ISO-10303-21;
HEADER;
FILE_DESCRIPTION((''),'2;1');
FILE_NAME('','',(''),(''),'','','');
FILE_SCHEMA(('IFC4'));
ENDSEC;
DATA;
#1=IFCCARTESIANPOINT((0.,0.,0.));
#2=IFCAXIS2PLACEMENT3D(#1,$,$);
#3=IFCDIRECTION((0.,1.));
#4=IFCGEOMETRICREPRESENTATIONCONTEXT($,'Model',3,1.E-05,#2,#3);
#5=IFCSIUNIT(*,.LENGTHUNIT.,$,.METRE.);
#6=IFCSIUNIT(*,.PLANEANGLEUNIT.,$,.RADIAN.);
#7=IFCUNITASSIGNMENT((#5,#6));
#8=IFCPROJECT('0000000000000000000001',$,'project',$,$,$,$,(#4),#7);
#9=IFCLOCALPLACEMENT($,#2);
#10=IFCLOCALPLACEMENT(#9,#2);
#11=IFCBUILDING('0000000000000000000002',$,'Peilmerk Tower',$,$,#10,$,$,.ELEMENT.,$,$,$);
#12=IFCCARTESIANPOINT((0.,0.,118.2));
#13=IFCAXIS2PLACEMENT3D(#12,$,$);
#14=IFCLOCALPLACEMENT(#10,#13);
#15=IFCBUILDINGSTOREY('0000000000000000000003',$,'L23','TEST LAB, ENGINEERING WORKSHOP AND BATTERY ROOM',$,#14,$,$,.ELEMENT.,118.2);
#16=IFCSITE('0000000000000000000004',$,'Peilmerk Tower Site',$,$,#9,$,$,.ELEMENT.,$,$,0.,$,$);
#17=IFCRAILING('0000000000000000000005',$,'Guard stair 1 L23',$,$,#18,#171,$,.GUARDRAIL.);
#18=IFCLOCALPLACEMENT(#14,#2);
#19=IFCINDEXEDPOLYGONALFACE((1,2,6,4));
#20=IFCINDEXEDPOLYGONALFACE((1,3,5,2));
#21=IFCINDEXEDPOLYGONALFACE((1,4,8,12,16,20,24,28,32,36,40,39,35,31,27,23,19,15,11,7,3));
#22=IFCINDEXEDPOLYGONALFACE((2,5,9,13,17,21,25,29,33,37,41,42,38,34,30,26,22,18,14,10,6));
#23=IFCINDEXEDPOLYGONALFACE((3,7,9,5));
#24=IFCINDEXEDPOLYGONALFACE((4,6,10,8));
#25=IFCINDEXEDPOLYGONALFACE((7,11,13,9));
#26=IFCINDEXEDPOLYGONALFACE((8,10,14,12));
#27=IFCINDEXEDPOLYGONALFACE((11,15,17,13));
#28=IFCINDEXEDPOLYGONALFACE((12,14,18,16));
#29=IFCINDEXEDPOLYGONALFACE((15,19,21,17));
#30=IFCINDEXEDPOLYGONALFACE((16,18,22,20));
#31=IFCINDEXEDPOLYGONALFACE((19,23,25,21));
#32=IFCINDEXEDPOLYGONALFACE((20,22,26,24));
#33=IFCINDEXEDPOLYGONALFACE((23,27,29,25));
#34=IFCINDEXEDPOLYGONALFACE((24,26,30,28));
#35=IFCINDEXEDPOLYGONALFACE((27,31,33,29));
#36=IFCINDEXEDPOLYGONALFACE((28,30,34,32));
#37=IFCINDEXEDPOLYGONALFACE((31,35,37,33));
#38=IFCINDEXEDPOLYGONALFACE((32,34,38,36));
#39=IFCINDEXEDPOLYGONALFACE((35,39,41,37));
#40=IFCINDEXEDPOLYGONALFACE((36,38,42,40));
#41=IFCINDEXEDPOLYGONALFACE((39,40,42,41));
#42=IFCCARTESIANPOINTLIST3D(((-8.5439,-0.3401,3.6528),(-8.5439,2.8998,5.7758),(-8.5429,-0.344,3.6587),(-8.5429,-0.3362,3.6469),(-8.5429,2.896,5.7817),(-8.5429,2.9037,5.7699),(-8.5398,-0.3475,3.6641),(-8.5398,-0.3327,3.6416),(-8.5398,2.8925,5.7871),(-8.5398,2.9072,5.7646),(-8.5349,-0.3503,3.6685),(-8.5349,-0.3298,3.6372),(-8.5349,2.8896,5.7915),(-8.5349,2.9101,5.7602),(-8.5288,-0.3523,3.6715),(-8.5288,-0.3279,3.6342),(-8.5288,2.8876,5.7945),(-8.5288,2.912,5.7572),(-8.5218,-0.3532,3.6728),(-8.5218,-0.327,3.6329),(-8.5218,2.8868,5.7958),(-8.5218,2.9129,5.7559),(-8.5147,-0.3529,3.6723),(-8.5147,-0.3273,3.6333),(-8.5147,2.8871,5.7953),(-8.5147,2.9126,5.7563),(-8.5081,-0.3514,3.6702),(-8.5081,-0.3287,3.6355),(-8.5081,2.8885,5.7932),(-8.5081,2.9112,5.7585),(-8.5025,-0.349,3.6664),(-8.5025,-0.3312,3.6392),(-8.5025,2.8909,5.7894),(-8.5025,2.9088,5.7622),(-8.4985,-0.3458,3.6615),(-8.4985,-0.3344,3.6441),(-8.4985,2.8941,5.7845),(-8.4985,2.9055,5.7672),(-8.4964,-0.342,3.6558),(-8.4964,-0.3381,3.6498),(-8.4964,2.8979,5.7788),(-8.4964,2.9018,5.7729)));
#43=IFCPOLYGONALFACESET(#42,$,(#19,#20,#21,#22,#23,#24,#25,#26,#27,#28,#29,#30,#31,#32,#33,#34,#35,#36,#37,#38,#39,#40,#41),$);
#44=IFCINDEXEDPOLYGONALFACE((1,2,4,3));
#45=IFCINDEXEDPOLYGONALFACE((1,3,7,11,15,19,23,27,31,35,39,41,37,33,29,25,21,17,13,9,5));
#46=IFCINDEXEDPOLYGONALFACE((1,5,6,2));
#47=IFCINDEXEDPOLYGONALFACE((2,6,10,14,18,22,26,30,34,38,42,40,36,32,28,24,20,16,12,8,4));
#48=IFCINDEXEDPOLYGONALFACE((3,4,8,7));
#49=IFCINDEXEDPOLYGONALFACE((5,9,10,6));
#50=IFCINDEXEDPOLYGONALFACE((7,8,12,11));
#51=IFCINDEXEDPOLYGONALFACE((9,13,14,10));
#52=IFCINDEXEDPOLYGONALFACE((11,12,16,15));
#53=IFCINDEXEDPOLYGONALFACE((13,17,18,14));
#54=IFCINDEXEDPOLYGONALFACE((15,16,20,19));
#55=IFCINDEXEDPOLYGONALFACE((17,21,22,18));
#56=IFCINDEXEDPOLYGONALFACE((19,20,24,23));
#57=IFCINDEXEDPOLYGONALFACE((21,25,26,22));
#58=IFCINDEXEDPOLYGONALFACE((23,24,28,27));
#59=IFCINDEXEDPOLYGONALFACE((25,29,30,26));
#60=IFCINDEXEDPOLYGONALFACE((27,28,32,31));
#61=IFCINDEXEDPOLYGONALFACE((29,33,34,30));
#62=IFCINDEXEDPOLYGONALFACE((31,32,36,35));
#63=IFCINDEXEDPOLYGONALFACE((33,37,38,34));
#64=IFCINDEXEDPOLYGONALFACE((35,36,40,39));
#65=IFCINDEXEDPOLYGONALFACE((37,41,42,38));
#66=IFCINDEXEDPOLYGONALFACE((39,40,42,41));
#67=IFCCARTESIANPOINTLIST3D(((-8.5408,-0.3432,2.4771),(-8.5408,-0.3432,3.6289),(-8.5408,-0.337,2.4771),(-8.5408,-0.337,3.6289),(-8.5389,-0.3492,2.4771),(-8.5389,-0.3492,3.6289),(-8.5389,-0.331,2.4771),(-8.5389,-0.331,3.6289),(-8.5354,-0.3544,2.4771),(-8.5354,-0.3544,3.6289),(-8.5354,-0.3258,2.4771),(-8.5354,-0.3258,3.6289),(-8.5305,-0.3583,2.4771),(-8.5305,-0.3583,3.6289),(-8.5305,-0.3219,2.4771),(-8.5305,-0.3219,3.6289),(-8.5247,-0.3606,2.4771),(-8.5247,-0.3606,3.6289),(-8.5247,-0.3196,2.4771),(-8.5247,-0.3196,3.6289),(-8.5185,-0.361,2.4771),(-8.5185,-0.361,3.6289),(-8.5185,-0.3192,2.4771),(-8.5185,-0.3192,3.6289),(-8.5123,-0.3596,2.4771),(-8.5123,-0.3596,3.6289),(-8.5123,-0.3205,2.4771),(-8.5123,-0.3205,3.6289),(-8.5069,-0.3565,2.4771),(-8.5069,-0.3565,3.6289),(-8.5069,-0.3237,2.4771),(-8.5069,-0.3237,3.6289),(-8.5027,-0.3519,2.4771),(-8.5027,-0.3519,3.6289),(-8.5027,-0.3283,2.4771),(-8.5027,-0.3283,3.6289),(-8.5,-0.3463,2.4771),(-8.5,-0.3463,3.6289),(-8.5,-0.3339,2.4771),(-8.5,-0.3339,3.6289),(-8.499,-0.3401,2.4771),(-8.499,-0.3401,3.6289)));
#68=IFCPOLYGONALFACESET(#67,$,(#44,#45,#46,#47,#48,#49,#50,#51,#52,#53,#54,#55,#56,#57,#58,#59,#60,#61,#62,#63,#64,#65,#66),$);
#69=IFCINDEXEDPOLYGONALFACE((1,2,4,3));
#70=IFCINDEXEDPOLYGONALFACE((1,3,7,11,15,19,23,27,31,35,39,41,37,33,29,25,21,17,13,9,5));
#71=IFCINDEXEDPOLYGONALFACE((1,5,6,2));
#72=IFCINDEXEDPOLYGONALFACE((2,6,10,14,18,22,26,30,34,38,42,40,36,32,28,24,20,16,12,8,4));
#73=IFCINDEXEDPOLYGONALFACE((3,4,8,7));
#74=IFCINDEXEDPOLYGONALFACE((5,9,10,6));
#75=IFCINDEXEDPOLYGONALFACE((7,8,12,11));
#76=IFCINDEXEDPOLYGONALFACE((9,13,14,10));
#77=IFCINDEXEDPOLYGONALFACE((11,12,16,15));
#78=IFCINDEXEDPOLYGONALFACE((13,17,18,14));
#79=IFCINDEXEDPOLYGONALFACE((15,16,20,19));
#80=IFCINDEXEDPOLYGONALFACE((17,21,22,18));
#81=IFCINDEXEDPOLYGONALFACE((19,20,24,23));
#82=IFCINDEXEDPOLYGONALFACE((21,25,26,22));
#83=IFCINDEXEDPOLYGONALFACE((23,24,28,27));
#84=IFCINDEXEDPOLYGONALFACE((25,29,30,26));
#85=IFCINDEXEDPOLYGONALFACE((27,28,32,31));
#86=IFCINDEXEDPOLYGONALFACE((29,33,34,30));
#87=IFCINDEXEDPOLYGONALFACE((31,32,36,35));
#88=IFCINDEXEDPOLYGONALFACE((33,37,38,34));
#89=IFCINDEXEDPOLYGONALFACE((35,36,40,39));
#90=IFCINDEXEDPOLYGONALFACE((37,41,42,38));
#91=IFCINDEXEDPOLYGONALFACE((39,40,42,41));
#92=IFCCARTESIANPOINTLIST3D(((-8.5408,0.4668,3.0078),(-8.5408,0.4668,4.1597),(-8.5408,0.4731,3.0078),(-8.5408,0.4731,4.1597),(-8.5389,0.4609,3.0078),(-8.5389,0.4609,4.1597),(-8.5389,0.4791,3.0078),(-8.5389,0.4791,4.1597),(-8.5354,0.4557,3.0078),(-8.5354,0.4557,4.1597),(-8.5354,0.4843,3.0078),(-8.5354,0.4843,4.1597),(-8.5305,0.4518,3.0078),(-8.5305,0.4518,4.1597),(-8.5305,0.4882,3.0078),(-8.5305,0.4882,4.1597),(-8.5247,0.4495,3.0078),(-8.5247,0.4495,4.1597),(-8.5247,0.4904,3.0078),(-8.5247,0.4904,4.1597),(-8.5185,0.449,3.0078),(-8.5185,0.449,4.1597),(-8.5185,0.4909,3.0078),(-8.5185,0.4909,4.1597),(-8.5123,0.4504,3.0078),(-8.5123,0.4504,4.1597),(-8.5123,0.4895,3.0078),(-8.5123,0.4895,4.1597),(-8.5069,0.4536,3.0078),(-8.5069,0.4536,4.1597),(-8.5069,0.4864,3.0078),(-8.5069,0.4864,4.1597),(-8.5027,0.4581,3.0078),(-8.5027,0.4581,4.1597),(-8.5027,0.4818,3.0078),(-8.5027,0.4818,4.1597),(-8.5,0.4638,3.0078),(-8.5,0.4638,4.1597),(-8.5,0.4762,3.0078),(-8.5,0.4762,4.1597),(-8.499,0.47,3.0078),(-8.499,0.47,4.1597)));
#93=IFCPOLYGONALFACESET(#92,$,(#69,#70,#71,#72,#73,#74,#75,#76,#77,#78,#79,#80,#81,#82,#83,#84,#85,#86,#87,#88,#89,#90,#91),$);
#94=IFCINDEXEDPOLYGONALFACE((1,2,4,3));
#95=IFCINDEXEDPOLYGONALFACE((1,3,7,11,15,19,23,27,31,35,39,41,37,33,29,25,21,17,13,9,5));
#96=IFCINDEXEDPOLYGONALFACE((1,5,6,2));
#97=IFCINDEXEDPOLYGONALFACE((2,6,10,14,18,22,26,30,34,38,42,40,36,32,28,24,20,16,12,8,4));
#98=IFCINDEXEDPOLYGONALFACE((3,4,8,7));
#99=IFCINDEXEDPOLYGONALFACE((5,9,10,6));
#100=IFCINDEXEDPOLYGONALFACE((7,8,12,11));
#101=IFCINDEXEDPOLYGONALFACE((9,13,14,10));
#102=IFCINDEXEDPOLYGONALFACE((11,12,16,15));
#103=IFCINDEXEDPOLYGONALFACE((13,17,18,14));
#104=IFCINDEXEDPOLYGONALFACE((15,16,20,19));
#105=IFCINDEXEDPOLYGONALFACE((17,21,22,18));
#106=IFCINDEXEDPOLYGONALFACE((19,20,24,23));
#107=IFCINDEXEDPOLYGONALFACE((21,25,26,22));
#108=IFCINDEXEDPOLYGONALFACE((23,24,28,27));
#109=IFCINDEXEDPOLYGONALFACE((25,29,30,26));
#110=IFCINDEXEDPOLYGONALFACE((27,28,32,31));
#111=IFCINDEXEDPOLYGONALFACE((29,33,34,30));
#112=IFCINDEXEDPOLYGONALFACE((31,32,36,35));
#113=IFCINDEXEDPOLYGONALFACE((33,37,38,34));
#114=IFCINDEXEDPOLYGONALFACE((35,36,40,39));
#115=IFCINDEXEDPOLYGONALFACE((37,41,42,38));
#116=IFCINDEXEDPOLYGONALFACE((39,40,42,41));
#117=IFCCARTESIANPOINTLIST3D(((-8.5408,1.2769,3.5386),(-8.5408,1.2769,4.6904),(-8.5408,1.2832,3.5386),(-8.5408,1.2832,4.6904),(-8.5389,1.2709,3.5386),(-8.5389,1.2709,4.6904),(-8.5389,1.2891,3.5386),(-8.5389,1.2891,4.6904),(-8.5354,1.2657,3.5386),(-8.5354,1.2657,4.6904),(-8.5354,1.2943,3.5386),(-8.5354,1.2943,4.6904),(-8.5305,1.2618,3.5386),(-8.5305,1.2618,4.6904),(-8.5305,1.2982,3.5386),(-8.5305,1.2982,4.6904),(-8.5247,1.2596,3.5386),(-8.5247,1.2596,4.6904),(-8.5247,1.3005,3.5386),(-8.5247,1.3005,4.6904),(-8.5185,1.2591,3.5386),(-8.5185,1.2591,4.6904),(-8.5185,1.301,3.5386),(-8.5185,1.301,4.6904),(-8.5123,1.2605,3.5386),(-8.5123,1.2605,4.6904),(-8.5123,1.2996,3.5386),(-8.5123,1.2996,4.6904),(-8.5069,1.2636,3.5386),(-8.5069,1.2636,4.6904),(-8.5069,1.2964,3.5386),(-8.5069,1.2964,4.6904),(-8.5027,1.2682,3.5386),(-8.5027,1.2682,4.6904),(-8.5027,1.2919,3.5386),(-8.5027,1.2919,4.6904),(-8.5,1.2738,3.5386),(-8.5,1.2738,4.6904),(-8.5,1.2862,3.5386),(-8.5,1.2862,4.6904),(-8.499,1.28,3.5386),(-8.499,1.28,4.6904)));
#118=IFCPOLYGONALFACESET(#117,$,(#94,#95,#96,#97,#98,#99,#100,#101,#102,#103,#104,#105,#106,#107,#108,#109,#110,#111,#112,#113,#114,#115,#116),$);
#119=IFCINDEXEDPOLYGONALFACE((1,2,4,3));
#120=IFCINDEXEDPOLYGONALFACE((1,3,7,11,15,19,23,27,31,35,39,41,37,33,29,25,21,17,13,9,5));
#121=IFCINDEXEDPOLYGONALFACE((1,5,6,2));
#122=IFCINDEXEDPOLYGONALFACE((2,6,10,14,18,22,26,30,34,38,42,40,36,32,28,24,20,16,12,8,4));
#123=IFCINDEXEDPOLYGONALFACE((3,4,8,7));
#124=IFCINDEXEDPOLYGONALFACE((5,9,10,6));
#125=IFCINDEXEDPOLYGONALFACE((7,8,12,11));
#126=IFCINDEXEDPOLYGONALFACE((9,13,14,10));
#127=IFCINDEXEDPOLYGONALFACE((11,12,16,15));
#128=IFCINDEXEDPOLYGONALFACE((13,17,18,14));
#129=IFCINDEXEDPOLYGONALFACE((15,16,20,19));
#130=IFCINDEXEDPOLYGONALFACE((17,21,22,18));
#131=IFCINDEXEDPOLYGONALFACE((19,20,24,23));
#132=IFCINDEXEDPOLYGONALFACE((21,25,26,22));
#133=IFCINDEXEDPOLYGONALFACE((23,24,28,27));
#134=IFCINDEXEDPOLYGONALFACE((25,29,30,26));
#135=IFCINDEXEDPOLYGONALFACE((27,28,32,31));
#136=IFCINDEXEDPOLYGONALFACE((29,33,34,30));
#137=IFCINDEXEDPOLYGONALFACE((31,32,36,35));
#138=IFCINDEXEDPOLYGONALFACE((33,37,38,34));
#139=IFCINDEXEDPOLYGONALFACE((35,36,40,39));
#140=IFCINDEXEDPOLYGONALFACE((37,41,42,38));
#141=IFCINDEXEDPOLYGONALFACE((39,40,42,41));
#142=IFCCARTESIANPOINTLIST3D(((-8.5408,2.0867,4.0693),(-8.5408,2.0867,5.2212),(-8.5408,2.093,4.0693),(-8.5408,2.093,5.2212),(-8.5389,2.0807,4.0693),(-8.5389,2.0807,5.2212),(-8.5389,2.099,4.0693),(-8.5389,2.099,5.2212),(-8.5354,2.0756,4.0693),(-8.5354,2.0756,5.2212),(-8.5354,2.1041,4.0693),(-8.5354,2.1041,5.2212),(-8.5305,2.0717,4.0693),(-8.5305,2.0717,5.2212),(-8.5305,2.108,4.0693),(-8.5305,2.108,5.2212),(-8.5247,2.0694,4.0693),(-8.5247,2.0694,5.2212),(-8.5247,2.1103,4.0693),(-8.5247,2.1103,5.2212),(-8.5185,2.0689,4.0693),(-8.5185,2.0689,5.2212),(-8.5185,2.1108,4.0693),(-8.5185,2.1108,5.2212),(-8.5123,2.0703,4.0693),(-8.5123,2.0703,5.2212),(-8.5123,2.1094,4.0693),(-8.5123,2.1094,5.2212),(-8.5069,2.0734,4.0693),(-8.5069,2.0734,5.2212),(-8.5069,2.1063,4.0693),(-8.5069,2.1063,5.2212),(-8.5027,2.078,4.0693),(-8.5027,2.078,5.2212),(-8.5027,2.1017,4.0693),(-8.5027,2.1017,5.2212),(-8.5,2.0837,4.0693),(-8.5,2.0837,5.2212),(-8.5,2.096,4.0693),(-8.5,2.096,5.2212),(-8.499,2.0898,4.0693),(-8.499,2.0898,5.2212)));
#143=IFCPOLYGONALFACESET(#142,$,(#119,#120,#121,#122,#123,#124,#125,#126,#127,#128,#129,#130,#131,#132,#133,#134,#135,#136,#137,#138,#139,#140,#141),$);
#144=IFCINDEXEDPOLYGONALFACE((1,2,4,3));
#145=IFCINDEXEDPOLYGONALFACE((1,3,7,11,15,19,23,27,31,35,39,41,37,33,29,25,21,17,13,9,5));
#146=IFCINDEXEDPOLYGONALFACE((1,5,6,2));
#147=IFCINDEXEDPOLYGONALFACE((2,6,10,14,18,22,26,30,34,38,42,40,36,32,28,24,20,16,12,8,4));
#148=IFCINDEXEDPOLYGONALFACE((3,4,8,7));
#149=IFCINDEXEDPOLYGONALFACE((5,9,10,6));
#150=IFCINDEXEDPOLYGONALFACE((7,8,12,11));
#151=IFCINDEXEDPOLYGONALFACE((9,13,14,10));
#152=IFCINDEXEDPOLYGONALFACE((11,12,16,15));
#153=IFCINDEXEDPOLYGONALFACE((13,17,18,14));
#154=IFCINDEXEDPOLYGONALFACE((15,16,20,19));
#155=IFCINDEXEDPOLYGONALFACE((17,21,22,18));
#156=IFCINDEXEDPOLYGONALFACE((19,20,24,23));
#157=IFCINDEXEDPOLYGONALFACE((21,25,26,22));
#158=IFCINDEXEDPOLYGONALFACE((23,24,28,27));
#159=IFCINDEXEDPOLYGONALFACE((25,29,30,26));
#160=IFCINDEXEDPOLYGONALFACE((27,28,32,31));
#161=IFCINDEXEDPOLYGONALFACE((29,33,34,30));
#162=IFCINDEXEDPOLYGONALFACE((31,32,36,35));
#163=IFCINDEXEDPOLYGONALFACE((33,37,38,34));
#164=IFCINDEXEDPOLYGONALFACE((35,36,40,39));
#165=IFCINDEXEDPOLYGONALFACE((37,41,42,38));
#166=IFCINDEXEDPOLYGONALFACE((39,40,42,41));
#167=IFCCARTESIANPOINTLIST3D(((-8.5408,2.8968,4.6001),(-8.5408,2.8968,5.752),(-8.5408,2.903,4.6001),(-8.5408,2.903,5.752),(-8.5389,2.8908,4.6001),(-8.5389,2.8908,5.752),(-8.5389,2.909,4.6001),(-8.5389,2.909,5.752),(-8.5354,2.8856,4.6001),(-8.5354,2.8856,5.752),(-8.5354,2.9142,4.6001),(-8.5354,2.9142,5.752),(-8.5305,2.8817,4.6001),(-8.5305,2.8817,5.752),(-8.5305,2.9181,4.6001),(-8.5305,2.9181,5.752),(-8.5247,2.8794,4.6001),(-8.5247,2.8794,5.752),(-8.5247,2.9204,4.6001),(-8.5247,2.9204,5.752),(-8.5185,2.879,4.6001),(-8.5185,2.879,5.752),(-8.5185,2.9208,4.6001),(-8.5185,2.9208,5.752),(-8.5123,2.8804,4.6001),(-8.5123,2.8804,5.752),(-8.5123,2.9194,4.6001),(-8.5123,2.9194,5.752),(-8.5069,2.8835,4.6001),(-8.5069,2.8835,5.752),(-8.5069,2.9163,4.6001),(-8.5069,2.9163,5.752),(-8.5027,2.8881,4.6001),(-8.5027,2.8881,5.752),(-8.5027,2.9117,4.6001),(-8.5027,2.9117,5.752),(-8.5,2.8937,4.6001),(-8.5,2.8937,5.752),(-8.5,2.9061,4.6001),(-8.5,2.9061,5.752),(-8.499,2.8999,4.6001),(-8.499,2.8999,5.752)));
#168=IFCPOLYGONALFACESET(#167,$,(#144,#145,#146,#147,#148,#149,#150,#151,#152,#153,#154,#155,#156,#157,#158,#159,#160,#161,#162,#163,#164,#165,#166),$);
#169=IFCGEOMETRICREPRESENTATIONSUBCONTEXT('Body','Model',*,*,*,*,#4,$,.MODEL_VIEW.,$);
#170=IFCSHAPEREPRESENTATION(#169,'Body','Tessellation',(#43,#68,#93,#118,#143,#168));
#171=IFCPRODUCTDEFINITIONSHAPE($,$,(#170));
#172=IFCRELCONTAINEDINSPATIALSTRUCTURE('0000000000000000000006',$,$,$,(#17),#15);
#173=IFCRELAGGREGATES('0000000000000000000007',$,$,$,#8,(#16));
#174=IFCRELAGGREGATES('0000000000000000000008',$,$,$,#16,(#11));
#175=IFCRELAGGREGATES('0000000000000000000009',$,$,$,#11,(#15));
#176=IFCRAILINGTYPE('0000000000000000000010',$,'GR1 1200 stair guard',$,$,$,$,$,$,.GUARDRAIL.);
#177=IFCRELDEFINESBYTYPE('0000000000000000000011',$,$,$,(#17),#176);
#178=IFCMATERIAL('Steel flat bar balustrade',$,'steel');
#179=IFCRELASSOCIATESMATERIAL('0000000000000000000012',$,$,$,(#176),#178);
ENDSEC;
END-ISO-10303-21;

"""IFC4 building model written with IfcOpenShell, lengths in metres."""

from ifc_helpers import new_model, si_unit, direction, frame, origin, origin_2d, place, context, subcontext, project, spatial, circle, extrude, material, type_object, element, save


model = new_model("IFC4")

# Units and contexts
model_context = context("Model", 3, precision=1e-05, world=origin(), true_north=direction((0.0, 1.0)))
body_context = subcontext(model_context, "Body", "Model", "MODEL_VIEW")
ifc_project = project(units=[si_unit("LENGTHUNIT", "METRE"), si_unit("PLANEANGLEUNIT", "RADIAN")], contexts=[model_context])

# Site, building, storey
site_placement = place(None, origin())
site = spatial("IfcSite", under=ifc_project, at=site_placement, Name="Peilmerk Tower Site", CompositionType="ELEMENT", RefElevation=0.0)
building_placement = place(site_placement, origin())
building = spatial("IfcBuilding", under=site, at=building_placement, Name="Peilmerk Tower", CompositionType="ELEMENT")
storey_placement = place(building_placement, frame((0.0, 0.0, 118.2)))
storey = spatial("IfcBuildingStorey", under=building, at=storey_placement, Name="L23", Description="TEST LAB, ENGINEERING WORKSHOP AND BATTERY ROOM", CompositionType="ELEMENT", Elevation=118.2)

# Railing
ifc_material_1 = material(Name="Steel flat bar balustrade", Category="steel")
railing_type_1 = type_object("IfcRailingType", Name="GR1 1200 stair guard", PredefinedType="GUARDRAIL", material=ifc_material_1)
railing_1_placement = place(storey_placement, frame((-8.52, -0.3401, 2.4771)))
element("IfcRailing", 1, at=railing_1_placement, inside=storey, type_object=railing_type_1, Name="Guard stair 1 L23", PredefinedType="GUARDRAIL", context=body_context, shape_type="SweptSolid", body=[
    extrude(circle(Radius=0.0239, at=origin_2d()), frame((0.0, 0.0, 1.1758), z_axis=(0.0, 0.836426, 0.548079), x_axis=(-1.0, 0.0, 0.0)), (0.0, 0.0, 1.0), 3.8735),
    extrude(circle(Radius=0.021, at=origin_2d()), origin(), (0.0, 0.0, 1.0), 1.1519),
    extrude(circle(Radius=0.021, at=origin_2d()), frame((0.0, 0.8101, 0.5308)), (0.0, 0.0, 1.0), 1.1519),
    extrude(circle(Radius=0.021, at=origin_2d()), frame((0.0, 1.6201, 1.0615)), (0.0, 0.0, 1.0), 1.1519),
    extrude(circle(Radius=0.021, at=origin_2d()), frame((0.0, 2.4299, 1.5923)), (0.0, 0.0, 1.0), 1.1519),
    extrude(circle(Radius=0.021, at=origin_2d()), frame((0.0, 3.24, 2.123)), (0.0, 0.0, 1.0), 1.1519),
])

save(model, "model.ifc")
